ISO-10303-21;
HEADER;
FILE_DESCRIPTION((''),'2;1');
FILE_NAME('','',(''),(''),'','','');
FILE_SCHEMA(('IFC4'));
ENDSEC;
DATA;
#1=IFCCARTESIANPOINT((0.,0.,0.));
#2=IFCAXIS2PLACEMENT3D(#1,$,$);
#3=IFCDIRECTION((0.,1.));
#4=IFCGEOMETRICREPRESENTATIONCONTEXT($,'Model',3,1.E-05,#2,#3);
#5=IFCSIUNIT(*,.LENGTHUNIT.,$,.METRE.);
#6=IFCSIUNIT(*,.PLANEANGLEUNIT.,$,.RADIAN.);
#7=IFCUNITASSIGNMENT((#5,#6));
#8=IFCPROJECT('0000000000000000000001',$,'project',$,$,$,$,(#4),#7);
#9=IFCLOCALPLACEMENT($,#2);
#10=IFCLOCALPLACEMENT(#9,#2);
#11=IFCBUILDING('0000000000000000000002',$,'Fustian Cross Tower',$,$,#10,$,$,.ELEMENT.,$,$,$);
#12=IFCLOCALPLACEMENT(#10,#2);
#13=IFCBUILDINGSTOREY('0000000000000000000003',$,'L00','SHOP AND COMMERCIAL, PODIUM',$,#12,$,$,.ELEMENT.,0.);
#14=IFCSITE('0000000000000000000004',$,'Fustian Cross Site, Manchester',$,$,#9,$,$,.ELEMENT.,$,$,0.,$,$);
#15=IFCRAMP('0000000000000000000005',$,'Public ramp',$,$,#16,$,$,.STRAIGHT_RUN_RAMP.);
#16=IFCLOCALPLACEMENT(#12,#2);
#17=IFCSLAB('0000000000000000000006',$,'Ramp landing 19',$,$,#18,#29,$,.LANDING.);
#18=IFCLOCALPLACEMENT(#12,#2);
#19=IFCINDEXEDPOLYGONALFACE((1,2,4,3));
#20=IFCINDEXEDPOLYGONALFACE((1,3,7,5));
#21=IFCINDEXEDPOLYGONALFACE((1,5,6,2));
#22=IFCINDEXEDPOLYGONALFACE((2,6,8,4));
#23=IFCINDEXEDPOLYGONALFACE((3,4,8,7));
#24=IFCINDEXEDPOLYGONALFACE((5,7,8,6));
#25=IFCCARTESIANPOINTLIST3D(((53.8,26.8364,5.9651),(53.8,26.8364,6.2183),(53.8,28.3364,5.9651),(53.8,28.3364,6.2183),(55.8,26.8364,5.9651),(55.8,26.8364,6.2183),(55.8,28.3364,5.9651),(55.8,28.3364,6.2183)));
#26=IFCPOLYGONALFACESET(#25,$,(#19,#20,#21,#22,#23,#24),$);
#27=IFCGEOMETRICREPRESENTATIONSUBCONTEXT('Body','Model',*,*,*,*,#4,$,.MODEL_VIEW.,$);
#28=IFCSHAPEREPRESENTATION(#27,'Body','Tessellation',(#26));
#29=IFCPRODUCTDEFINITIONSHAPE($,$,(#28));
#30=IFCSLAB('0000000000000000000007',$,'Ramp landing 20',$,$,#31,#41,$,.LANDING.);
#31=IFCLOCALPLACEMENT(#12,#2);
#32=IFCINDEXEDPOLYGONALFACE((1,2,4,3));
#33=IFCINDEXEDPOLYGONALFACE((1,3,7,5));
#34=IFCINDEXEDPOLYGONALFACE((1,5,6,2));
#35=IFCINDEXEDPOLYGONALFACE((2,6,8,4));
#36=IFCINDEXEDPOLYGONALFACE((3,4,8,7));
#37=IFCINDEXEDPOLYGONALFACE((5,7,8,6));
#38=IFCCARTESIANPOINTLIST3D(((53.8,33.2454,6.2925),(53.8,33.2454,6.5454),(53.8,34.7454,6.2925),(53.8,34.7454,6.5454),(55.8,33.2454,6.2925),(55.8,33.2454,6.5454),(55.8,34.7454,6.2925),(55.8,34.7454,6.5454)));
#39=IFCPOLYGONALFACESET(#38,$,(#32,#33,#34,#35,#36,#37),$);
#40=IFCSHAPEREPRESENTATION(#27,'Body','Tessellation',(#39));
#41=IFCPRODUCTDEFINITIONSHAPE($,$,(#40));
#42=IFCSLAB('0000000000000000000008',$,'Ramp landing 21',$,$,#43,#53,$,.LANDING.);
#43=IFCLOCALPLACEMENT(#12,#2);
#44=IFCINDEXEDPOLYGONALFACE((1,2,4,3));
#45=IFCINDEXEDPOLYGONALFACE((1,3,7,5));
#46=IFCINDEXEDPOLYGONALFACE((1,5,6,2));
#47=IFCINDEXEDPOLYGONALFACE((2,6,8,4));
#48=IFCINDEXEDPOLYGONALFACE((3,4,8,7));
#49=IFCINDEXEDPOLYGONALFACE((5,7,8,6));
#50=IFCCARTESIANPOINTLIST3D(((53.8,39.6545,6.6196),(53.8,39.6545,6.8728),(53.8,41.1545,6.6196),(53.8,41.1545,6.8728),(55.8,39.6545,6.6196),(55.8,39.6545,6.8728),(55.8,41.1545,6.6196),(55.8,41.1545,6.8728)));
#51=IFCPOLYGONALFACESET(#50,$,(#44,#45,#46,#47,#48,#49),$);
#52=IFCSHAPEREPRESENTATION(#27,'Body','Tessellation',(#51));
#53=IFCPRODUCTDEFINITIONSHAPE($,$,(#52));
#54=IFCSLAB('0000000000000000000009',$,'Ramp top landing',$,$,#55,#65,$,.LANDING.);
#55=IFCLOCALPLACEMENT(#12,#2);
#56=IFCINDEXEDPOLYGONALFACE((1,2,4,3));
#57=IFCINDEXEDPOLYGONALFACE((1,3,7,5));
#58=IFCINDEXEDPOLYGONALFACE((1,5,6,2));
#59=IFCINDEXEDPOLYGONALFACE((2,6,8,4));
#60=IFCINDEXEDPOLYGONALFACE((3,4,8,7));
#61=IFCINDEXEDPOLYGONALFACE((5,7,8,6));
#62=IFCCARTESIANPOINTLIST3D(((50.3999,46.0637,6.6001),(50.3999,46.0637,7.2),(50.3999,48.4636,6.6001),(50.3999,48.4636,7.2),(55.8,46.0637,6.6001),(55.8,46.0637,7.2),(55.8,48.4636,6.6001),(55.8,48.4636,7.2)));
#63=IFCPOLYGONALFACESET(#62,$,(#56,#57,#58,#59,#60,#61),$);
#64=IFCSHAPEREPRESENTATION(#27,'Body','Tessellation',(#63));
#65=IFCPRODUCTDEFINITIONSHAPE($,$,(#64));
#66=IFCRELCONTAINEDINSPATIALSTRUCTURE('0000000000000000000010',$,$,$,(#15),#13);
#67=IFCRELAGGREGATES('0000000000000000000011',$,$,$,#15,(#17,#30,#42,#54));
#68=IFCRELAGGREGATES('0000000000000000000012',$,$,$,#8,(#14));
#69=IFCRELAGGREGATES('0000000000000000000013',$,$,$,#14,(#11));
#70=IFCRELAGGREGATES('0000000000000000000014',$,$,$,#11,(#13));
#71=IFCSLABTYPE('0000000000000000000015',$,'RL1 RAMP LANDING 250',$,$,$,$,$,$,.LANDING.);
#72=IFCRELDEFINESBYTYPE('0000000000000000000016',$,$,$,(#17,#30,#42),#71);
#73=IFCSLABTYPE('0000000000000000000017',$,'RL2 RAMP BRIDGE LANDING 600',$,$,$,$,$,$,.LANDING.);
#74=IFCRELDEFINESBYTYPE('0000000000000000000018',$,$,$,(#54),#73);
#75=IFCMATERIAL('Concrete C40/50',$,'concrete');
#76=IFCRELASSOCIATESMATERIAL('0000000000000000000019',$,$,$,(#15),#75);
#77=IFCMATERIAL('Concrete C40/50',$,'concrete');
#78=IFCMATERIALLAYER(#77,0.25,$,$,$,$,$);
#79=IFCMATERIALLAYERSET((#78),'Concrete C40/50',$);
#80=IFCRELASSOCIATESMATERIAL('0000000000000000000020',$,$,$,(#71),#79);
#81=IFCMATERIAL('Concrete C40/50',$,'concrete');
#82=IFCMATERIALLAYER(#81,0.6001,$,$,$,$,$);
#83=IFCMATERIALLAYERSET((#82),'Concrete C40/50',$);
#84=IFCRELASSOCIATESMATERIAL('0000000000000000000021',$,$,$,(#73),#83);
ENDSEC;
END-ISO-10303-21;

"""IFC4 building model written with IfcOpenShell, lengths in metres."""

from ifc_helpers import new_model, si_unit, direction, frame, origin, place, context, subcontext, project, spatial, polyline, outline, extrude, material, layer, layer_set, type_object, element, aggregate, save


model = new_model("IFC4")

# Units and contexts
model_context = context("Model", 3, precision=1e-05, world=origin(), true_north=direction((0.0, 1.0)))
body_context = subcontext(model_context, "Body", "Model", "MODEL_VIEW")
ifc_project = project(units=[si_unit("LENGTHUNIT", "METRE"), si_unit("PLANEANGLEUNIT", "RADIAN")], contexts=[model_context])

# Site, building, storey
site_placement = place(None, origin())
site = spatial("IfcSite", under=ifc_project, at=site_placement, Name="Fustian Cross Site, Manchester", CompositionType="ELEMENT", RefElevation=0.0)
building_placement = place(site_placement, origin())
building = spatial("IfcBuilding", under=site, at=building_placement, Name="Fustian Cross Tower", CompositionType="ELEMENT")
storey_placement = place(building_placement, origin())
storey = spatial("IfcBuildingStorey", under=building, at=storey_placement, Name="L00", Description="SHOP AND COMMERCIAL, PODIUM", CompositionType="ELEMENT", Elevation=0.0)

# Ramp, slabs
ifc_material_1 = material(Name="Concrete C40/50", Category="concrete")
ramp_placement = place(storey_placement, origin())
ramp = element("IfcRamp", 1, at=ramp_placement, inside=storey, material=ifc_material_1, Name="Public ramp", PredefinedType="STRAIGHT_RUN_RAMP")
ifc_material_2 = material(Name="Concrete C40/50", Category="concrete")
ifc_layer_1 = layer(ifc_material_2, 0.25)
ifc_layer_set_1 = layer_set([ifc_layer_1], Name="Concrete C40/50")
slab_type_1 = type_object("IfcSlabType", Name="RL1 RAMP LANDING 250", PredefinedType="LANDING", material=ifc_layer_set_1)
slab_1_placement = place(storey_placement, frame((0.0, 0.0, 5.9651)))
slab_1 = element("IfcSlab", 2, at=slab_1_placement, type_object=slab_type_1, Name="Ramp landing 19", PredefinedType="LANDING", context=body_context, shape_type="SweptSolid", body=[
    extrude(outline(polyline([(53.8, 26.8364), (55.8, 26.8364), (55.8, 28.3364), (53.8, 28.3364), (53.8, 26.8364)])), origin(), (0.0, 0.0, 1.0), 0.2532),
])
slab_2_placement = place(storey_placement, frame((0.0, 0.0, 6.2925)))
slab_2 = element("IfcSlab", 3, at=slab_2_placement, type_object=slab_type_1, Name="Ramp landing 20", PredefinedType="LANDING", context=body_context, shape_type="SweptSolid", body=[
    extrude(outline(polyline([(53.8, 33.2454), (55.8, 33.2454), (55.8, 34.7454), (53.8, 34.7454), (53.8, 33.2454)])), origin(), (0.0, 0.0, 1.0), 0.2529),
])
slab_3_placement = place(storey_placement, frame((0.0, 0.0, 6.6196)))
slab_3 = element("IfcSlab", 4, at=slab_3_placement, type_object=slab_type_1, Name="Ramp landing 21", PredefinedType="LANDING", context=body_context, shape_type="SweptSolid", body=[
    extrude(outline(polyline([(53.8, 39.6545), (55.8, 39.6545), (55.8, 41.1545), (53.8, 41.1545), (53.8, 39.6545)])), origin(), (0.0, 0.0, 1.0), 0.2532),
])
ifc_material_3 = material(Name="Concrete C40/50", Category="concrete")
ifc_layer_2 = layer(ifc_material_3, 0.6001)
ifc_layer_set_2 = layer_set([ifc_layer_2], Name="Concrete C40/50")
slab_type_2 = type_object("IfcSlabType", Name="RL2 RAMP BRIDGE LANDING 600", PredefinedType="LANDING", material=ifc_layer_set_2)
slab_4_placement = place(storey_placement, frame((0.0, 0.0, 6.6001)))
slab_4 = element("IfcSlab", 5, at=slab_4_placement, type_object=slab_type_2, Name="Ramp top landing", PredefinedType="LANDING", context=body_context, shape_type="SweptSolid", body=[
    extrude(outline(polyline([(50.3999, 46.0637), (55.8, 46.0637), (55.8, 48.4636), (50.3999, 48.4636), (50.3999, 46.0637)])), origin(), (0.0, 0.0, 1.0), 0.5999),
])
aggregate(ramp, [slab_1, slab_2, slab_3, slab_4])

save(model, "model.ifc")
